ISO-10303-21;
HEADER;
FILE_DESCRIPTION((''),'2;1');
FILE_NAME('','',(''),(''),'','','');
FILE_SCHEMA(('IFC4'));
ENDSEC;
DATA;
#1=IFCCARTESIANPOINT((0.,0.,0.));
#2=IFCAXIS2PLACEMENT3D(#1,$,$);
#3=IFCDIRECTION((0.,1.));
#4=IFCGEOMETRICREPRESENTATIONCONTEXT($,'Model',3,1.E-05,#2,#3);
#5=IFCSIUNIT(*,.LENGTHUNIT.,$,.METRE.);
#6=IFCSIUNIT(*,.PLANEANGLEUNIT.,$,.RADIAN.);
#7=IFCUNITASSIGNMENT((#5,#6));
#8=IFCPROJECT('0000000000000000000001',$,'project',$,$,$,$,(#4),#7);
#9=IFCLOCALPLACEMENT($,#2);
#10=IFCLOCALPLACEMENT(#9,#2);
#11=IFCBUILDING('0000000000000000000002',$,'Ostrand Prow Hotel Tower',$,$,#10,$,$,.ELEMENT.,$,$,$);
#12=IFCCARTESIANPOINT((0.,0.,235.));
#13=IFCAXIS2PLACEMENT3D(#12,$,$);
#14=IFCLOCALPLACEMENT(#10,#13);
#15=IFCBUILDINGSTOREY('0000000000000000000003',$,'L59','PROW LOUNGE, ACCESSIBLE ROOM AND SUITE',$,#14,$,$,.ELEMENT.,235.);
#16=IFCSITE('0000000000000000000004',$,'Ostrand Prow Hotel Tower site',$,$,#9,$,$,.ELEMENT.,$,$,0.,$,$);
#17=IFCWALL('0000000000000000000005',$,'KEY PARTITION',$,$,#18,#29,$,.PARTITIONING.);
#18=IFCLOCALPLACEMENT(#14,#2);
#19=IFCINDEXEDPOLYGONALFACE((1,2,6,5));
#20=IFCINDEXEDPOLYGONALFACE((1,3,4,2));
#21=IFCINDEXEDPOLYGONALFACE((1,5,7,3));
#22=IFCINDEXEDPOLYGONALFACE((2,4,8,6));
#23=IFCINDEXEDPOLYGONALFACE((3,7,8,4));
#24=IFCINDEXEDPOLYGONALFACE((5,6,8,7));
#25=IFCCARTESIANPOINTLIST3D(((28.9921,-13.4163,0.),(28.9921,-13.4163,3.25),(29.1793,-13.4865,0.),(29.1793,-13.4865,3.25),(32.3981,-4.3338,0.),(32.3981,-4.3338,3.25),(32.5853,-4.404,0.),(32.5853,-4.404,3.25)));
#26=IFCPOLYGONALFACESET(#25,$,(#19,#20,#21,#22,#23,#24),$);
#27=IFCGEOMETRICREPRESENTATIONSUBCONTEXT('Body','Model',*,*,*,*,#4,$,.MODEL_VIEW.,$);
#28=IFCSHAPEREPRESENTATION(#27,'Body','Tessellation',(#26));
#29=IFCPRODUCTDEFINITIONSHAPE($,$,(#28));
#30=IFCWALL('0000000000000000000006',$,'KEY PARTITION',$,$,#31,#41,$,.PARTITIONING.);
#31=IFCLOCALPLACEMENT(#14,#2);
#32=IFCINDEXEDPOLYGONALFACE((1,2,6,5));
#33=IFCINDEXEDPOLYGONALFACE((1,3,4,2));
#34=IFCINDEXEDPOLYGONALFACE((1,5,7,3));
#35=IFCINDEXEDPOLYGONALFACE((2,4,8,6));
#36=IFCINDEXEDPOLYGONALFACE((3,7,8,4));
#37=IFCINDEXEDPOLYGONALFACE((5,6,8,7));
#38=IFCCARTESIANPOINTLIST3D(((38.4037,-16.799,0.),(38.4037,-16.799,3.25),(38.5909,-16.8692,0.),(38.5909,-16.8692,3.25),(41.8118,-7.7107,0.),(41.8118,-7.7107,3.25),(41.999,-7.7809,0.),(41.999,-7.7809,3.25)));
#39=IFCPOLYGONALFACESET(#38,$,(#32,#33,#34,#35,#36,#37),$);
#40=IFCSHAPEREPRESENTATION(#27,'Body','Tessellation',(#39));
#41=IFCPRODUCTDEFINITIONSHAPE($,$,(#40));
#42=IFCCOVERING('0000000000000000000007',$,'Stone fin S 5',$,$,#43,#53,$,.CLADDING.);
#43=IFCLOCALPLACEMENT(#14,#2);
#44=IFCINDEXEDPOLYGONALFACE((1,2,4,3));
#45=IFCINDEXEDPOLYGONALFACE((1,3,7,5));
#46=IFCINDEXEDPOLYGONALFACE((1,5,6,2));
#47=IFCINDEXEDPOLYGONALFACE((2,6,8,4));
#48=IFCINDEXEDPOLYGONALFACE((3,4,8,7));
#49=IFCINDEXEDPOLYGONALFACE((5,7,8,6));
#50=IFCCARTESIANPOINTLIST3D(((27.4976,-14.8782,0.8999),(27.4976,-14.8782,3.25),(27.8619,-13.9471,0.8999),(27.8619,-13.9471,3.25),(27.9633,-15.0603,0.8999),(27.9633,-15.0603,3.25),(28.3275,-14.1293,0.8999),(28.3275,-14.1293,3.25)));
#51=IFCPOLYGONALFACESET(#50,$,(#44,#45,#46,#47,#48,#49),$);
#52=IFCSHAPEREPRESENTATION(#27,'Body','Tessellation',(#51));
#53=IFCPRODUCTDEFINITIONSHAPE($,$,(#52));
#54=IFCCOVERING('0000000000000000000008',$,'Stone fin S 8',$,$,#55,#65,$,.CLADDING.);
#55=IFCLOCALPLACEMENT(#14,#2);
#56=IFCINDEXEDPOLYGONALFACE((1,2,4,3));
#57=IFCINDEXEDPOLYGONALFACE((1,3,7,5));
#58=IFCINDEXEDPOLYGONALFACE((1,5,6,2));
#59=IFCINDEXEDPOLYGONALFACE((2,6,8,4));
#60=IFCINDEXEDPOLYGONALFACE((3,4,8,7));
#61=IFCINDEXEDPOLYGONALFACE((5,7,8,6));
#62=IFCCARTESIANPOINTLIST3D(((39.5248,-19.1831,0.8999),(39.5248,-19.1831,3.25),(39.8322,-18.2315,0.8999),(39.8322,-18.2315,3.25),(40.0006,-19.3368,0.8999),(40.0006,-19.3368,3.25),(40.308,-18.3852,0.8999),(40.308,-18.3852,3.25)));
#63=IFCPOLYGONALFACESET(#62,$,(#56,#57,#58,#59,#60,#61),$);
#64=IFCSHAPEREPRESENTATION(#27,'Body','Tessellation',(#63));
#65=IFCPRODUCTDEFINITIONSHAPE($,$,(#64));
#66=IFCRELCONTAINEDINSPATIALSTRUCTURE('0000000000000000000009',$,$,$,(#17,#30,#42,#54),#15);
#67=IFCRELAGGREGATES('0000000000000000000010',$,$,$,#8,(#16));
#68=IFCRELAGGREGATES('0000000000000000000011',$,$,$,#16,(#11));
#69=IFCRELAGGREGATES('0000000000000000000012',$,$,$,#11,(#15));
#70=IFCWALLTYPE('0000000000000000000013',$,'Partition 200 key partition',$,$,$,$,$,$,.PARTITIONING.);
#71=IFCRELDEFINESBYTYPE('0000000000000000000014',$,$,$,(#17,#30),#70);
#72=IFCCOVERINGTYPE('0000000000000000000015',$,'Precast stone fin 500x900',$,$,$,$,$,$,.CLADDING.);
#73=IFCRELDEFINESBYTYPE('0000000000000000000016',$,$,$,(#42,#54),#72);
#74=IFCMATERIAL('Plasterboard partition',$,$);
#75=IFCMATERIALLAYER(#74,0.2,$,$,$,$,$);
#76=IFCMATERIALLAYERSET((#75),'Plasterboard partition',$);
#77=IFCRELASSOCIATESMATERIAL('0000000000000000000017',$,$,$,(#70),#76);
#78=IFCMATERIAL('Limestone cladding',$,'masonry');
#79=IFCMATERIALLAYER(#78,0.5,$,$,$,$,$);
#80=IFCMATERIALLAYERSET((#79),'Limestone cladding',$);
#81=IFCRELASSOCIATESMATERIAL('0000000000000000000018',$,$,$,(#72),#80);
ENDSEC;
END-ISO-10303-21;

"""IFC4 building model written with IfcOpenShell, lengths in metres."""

from ifc_helpers import new_model, si_unit, direction, frame, frame_2d, origin, place, context, subcontext, project, spatial, rectangle, extrude, material, layer, layer_set, type_object, element, save


model = new_model("IFC4")

# Units and contexts
model_context = context("Model", 3, precision=1e-05, world=origin(), true_north=direction((0.0, 1.0)))
body_context = subcontext(model_context, "Body", "Model", "MODEL_VIEW")
ifc_project = project(units=[si_unit("LENGTHUNIT", "METRE"), si_unit("PLANEANGLEUNIT", "RADIAN")], contexts=[model_context])

# Site, building, storey
site_placement = place(None, origin())
site = spatial("IfcSite", under=ifc_project, at=site_placement, Name="Ostrand Prow Hotel Tower site", CompositionType="ELEMENT", RefElevation=0.0)
building_placement = place(site_placement, origin())
building = spatial("IfcBuilding", under=site, at=building_placement, Name="Ostrand Prow Hotel Tower", CompositionType="ELEMENT")
storey_placement = place(building_placement, frame((0.0, 0.0, 235.0)))
storey = spatial("IfcBuildingStorey", under=building, at=storey_placement, Name="L59", Description="PROW LOUNGE, ACCESSIBLE ROOM AND SUITE", CompositionType="ELEMENT", Elevation=235.0)

# Walls
ifc_material_1 = material(Name="Plasterboard partition")
ifc_layer_1 = layer(ifc_material_1, 0.2)
ifc_layer_set_1 = layer_set([ifc_layer_1], Name="Plasterboard partition")
wall_type = type_object("IfcWallType", Name="Partition 200 key partition", PredefinedType="PARTITIONING", material=ifc_layer_set_1)
wall_1_placement = place(storey_placement, frame((29.0857, -13.4514, 0.0), z_axis=(0.0, 0.0, 1.0), x_axis=(0.351129, 0.936327, 0.0)))
element("IfcWall", 1, at=wall_1_placement, inside=storey, type_object=wall_type, Name="KEY PARTITION", PredefinedType="PARTITIONING", context=body_context, shape_type="SweptSolid", body=[
    extrude(rectangle(XDim=9.7002, YDim=0.2, at=frame_2d((4.8501, 0.0))), origin(), (0.0, 0.0, 1.0), 3.25),
])
wall_2_placement = place(storey_placement, frame((38.4973, -16.834, 0.0), z_axis=(0.0, 0.0, 1.0), x_axis=(0.351129, 0.936327, 0.0)))
element("IfcWall", 2, at=wall_2_placement, inside=storey, type_object=wall_type, Name="KEY PARTITION", PredefinedType="PARTITIONING", context=body_context, shape_type="SweptSolid", body=[
    extrude(rectangle(XDim=9.7063, YDim=0.2, at=frame_2d((4.853, 0.0))), origin(), (0.0, 0.0, 1.0), 3.25),
])

# Coverings
ifc_material_2 = material(Name="Limestone cladding", Category="masonry")
ifc_layer_2 = layer(ifc_material_2, 0.5)
ifc_layer_set_2 = layer_set([ifc_layer_2], Name="Limestone cladding")
covering_type = type_object("IfcCoveringType", Name="Precast stone fin 500x900", PredefinedType="CLADDING", material=ifc_layer_set_2)
covering_1_placement = place(storey_placement, frame((28.0947, -14.0381, 0.8999), z_axis=(0.0, 0.0, 1.0), x_axis=(-0.364307, -0.931279, 0.0)))
element("IfcCovering", 3, at=covering_1_placement, inside=storey, type_object=covering_type, Name="Stone fin S 5", PredefinedType="CLADDING", context=body_context, shape_type="SweptSolid", body=[
    extrude(rectangle(XDim=0.9998, YDim=0.5, at=frame_2d((0.5, 0.0))), origin(), (0.0, 0.0, 1.0), 2.3501),
])
covering_2_placement = place(storey_placement, frame((40.0701, -18.3083, 0.8999), z_axis=(0.0, 0.0, 1.0), x_axis=(-0.307352, -0.951596, 0.0)))
element("IfcCovering", 4, at=covering_2_placement, inside=storey, type_object=covering_type, Name="Stone fin S 8", PredefinedType="CLADDING", context=body_context, shape_type="SweptSolid", body=[
    extrude(rectangle(XDim=1.0, YDim=0.5, at=frame_2d((0.5, 0.0))), origin(), (0.0, 0.0, 1.0), 2.3501),
])

save(model, "model.ifc")
